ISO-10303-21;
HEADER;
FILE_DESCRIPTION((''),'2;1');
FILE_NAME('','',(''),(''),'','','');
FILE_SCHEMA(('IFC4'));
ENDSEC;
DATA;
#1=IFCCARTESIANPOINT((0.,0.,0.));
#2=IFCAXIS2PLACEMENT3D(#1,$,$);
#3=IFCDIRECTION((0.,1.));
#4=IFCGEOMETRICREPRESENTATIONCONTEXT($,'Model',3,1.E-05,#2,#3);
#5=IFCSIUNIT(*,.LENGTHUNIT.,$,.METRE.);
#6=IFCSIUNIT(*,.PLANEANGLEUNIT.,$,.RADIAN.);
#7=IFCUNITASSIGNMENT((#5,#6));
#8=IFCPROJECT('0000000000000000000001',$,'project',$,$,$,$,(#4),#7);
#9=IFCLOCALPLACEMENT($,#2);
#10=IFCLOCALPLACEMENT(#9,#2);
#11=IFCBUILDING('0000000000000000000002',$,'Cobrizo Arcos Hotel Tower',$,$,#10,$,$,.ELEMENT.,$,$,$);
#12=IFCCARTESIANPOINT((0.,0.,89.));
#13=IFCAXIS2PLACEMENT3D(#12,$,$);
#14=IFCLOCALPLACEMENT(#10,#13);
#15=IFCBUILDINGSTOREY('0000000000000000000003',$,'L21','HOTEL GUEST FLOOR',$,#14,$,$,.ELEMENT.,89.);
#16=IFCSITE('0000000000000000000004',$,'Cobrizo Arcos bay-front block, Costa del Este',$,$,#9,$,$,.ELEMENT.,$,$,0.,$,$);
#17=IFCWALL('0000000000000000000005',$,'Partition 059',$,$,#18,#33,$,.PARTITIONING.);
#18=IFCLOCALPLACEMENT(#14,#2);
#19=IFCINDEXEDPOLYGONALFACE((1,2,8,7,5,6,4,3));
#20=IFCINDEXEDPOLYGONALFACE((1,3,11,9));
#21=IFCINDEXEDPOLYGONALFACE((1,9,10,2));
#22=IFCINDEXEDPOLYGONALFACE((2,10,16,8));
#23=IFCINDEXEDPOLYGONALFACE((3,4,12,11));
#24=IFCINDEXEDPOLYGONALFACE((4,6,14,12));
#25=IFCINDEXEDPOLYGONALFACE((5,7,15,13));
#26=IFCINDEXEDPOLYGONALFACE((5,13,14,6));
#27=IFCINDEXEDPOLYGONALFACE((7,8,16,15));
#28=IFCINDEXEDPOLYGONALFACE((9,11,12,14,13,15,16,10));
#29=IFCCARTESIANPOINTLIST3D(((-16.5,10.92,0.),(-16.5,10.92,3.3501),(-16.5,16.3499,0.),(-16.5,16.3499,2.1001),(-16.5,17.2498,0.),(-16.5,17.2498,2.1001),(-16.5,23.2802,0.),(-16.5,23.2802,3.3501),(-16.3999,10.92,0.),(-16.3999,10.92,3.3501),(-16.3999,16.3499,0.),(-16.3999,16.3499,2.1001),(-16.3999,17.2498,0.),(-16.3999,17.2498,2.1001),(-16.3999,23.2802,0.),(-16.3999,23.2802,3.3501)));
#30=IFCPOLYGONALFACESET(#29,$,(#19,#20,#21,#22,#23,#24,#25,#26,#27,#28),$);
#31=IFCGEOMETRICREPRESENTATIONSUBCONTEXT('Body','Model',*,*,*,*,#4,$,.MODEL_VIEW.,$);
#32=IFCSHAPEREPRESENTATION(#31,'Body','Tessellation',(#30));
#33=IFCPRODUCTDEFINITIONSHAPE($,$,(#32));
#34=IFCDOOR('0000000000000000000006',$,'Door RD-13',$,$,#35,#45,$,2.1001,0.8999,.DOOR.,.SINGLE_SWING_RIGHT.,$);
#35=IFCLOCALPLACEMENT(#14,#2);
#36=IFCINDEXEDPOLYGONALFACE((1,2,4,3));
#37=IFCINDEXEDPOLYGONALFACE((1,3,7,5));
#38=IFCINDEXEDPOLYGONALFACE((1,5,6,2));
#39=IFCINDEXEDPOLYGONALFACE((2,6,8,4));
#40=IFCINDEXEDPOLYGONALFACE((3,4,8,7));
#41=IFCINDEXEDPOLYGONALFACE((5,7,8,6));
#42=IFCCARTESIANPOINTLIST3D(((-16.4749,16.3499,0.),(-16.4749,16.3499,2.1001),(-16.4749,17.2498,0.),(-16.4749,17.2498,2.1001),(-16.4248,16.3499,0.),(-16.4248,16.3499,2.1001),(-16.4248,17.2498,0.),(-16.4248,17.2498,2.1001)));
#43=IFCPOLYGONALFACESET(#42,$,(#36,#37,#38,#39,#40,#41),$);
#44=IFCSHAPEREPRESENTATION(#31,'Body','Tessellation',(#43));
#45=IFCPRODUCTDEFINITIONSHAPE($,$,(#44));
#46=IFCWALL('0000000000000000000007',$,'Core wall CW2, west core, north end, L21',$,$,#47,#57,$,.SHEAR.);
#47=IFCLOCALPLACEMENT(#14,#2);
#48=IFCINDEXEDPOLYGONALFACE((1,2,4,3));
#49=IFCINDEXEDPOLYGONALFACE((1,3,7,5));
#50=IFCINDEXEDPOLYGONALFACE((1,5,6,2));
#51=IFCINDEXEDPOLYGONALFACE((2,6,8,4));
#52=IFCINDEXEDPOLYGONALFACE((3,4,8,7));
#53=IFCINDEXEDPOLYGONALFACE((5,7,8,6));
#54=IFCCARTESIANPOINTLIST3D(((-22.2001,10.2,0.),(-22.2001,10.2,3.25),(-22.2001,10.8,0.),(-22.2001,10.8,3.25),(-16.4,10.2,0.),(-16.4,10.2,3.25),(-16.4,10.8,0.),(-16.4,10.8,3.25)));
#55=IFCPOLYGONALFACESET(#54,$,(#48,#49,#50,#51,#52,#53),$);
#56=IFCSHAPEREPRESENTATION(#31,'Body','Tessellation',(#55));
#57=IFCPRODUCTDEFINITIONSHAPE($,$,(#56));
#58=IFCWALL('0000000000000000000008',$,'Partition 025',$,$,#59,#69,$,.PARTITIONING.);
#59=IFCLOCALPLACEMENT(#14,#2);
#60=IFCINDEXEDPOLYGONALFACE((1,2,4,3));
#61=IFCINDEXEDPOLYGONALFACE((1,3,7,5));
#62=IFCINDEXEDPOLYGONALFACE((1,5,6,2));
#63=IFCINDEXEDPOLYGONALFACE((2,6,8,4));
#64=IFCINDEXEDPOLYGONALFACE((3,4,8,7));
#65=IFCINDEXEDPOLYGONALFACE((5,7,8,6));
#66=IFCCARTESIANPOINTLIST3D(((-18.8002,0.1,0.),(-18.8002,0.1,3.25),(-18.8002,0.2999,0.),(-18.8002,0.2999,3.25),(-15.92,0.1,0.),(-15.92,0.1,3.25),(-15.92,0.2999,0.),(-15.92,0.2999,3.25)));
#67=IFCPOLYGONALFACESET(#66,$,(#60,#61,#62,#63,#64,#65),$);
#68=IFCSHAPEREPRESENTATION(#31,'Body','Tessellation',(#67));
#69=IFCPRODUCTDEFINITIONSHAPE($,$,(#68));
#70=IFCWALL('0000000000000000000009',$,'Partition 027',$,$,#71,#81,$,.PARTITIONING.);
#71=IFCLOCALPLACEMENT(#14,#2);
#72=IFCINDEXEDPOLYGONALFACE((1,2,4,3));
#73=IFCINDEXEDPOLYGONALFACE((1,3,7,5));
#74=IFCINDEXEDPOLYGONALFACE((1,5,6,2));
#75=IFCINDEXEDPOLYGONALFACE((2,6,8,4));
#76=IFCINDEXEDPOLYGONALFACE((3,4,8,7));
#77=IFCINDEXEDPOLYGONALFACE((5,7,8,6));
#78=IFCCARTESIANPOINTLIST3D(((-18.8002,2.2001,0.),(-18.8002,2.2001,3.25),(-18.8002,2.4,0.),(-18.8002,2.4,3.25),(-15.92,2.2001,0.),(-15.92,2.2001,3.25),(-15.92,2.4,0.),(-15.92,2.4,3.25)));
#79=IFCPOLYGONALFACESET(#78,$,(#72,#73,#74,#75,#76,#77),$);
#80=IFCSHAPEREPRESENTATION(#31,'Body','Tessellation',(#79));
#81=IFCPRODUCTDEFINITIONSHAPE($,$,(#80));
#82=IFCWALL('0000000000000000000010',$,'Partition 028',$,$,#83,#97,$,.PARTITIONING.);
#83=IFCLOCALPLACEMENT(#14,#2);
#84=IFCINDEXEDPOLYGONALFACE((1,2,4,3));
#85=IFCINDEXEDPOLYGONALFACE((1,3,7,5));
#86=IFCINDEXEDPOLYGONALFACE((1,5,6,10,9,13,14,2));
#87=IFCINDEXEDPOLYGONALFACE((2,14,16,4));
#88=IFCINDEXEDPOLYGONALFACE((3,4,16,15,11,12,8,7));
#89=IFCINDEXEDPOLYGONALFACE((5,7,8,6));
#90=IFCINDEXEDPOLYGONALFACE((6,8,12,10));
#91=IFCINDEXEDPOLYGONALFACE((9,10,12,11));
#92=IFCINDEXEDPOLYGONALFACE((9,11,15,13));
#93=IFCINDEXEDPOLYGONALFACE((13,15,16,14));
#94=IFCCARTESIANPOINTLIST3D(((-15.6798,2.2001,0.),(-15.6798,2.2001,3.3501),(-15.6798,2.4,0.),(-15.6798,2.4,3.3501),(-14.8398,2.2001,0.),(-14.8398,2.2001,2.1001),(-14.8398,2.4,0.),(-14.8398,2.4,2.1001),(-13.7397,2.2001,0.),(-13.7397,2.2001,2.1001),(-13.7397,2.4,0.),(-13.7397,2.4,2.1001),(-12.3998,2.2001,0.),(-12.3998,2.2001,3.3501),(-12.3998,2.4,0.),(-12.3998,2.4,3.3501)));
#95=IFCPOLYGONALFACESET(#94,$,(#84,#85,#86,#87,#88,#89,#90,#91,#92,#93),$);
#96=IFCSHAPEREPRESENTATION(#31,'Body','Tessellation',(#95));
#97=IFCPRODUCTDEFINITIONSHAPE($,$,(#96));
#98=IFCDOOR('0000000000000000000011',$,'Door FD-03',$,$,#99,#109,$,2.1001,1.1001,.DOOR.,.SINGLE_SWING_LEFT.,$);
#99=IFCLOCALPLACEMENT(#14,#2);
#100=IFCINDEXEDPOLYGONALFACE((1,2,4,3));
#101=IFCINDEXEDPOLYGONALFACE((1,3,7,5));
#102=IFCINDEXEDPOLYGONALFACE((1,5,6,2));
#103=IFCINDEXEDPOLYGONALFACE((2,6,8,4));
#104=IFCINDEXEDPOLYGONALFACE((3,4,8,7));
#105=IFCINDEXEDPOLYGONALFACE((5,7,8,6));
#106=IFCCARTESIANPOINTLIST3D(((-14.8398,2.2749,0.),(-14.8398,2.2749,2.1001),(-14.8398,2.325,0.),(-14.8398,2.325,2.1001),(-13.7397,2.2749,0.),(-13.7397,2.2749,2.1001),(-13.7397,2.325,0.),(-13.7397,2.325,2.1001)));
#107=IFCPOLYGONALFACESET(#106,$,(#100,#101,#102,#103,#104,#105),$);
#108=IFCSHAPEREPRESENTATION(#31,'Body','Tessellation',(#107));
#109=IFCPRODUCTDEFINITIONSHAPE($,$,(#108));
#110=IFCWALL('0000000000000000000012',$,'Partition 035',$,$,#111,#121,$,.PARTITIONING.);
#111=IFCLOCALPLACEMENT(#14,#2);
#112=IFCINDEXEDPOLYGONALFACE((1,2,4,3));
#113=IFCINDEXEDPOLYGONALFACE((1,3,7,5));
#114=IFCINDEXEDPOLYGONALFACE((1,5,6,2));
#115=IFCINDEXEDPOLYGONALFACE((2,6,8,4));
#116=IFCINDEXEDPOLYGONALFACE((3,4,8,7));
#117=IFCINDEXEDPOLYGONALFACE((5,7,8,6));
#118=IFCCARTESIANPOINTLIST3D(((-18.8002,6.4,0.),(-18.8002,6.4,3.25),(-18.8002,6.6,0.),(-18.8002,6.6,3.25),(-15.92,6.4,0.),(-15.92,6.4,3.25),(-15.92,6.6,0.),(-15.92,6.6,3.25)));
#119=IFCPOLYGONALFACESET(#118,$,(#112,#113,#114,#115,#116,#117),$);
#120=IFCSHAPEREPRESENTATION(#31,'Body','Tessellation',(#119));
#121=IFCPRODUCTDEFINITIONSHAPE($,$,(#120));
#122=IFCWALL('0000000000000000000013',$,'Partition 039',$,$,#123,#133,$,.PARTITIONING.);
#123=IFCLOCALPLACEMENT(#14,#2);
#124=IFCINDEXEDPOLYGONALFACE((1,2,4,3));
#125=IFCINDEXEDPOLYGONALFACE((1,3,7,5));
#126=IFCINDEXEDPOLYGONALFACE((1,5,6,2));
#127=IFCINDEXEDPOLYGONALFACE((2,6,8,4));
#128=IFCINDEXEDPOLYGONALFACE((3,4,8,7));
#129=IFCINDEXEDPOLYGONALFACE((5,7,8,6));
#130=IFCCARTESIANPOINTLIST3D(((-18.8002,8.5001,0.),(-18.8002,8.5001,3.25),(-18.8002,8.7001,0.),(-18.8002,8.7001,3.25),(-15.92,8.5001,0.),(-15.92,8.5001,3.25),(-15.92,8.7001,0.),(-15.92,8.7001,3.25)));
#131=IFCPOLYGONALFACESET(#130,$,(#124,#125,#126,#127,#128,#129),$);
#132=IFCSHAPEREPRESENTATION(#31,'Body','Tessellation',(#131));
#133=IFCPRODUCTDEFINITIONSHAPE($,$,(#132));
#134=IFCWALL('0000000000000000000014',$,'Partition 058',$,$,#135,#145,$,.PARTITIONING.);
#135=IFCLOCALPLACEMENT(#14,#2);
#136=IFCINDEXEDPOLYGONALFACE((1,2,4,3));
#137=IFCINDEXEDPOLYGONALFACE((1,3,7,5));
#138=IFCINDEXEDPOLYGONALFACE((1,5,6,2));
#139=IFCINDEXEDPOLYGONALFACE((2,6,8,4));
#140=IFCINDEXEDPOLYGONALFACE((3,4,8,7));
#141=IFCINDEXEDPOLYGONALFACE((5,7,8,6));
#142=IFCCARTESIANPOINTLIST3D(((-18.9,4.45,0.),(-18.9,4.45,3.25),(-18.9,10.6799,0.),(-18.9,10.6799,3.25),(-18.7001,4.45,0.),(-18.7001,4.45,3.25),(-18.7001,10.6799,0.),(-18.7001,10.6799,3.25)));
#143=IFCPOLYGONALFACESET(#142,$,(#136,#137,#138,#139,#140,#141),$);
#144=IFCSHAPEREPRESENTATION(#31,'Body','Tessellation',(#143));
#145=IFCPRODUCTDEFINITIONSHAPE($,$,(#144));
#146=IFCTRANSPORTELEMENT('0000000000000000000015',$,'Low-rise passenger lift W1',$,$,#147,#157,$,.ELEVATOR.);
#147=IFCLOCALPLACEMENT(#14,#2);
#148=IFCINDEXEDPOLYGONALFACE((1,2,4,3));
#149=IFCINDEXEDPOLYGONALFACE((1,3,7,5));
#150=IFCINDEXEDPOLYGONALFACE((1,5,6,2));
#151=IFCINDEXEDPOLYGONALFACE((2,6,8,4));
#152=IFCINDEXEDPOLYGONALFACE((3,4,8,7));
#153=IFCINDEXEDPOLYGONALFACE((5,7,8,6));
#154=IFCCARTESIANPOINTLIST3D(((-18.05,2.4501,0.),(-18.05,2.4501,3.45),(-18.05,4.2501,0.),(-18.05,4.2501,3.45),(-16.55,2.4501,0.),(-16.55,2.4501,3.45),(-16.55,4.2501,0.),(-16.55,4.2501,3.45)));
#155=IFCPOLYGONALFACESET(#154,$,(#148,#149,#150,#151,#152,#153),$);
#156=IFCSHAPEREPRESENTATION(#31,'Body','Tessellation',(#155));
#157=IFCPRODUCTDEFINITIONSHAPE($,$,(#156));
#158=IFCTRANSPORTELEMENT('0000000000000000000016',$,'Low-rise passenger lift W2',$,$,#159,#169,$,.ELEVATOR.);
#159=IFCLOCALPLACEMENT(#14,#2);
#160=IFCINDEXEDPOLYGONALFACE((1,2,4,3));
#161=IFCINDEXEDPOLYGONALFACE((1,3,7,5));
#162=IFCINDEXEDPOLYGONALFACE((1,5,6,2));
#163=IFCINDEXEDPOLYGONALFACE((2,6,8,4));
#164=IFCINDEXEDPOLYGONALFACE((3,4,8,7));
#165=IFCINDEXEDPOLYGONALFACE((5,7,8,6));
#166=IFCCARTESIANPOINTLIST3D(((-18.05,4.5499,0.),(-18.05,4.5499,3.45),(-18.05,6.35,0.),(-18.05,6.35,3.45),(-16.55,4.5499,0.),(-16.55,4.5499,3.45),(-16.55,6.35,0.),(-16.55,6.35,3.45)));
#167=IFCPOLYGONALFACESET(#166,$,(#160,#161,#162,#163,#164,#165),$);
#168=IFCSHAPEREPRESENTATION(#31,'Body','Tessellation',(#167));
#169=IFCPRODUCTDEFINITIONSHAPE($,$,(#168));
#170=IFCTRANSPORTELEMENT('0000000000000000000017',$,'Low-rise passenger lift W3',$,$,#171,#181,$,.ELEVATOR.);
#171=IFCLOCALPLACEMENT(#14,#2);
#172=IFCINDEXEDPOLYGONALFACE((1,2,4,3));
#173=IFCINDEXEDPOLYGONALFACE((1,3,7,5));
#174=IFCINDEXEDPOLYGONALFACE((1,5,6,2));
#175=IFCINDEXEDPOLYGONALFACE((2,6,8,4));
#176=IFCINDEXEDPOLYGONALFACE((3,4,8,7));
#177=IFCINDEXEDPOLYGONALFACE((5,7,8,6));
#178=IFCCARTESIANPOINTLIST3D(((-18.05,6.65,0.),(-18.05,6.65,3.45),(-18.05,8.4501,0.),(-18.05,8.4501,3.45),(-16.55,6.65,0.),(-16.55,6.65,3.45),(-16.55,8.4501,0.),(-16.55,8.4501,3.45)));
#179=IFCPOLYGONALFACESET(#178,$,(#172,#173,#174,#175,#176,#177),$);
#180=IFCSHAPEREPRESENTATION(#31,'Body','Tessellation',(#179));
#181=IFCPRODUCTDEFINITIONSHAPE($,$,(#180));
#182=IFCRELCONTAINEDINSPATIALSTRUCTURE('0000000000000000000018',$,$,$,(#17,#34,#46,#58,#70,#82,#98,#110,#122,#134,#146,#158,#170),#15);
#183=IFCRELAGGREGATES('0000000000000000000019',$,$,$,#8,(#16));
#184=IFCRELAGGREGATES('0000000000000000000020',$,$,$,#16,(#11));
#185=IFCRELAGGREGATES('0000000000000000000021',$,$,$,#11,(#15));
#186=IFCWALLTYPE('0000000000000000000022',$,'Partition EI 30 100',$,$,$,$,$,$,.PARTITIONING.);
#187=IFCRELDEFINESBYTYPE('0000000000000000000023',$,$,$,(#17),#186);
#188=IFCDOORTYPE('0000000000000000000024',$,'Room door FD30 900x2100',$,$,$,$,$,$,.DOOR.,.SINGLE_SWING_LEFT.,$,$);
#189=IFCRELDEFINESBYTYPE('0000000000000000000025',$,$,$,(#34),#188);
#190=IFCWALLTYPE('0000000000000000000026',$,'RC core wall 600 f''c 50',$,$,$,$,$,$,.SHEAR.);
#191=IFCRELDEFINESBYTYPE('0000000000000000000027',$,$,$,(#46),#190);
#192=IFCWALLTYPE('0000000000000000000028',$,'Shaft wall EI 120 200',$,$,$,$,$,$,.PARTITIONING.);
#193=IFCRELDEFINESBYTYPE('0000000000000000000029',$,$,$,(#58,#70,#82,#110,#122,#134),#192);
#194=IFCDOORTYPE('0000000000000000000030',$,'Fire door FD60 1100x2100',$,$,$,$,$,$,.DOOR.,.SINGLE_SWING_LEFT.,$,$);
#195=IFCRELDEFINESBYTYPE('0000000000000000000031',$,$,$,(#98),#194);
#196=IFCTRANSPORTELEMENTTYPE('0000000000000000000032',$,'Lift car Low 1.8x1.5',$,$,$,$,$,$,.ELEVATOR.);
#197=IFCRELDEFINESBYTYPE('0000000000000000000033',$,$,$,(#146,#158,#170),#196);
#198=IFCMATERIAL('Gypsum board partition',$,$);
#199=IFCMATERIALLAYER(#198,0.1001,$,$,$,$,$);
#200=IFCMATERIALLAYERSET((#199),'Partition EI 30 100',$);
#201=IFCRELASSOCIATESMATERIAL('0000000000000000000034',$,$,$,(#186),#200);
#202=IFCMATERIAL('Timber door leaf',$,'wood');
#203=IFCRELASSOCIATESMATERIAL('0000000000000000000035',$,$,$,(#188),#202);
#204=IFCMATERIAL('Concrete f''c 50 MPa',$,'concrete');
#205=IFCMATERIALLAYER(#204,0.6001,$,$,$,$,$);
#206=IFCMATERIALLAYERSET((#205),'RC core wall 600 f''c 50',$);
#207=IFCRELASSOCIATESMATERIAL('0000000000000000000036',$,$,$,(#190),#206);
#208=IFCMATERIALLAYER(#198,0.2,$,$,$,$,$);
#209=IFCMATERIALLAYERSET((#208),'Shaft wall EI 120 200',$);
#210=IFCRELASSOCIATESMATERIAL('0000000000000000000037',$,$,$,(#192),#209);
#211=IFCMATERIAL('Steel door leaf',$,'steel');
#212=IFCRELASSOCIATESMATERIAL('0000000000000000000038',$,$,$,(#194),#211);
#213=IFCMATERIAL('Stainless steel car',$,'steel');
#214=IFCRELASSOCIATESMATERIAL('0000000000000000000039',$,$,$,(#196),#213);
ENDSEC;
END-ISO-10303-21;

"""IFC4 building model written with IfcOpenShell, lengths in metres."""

from ifc_helpers import new_model, si_unit, direction, frame, frame_2d, origin, origin_2d, place, context, subcontext, project, spatial, rectangle, extrude, material, layer, layer_set, type_object, element, fill, save


model = new_model("IFC4")

# Units and contexts
model_context = context("Model", 3, precision=1e-05, world=origin(), true_north=direction((0.0, 1.0)))
body_context = subcontext(model_context, "Body", "Model", "MODEL_VIEW")
ifc_project = project(units=[si_unit("LENGTHUNIT", "METRE"), si_unit("PLANEANGLEUNIT", "RADIAN")], contexts=[model_context])

# Site, building, storey
site_placement = place(None, origin())
site = spatial("IfcSite", under=ifc_project, at=site_placement, Name="Cobrizo Arcos bay-front block, Costa del Este", CompositionType="ELEMENT", RefElevation=0.0)
building_placement = place(site_placement, origin())
building = spatial("IfcBuilding", under=site, at=building_placement, Name="Cobrizo Arcos Hotel Tower", CompositionType="ELEMENT")
storey_placement = place(building_placement, frame((0.0, 0.0, 89.0)))
storey = spatial("IfcBuildingStorey", under=building, at=storey_placement, Name="L21", Description="HOTEL GUEST FLOOR", CompositionType="ELEMENT", Elevation=89.0)

# Shared definitions
ifc_material_1 = material(Name="Gypsum board partition")

# Shared definitions
ifc_material_2 = material(Name="Timber door leaf", Category="wood")

# Shared definitions
ifc_layer_1 = layer(ifc_material_1, 0.1001)
ifc_layer_set_1 = layer_set([ifc_layer_1], Name="Partition EI 30 100")
wall_type_1 = type_object("IfcWallType", Name="Partition EI 30 100", PredefinedType="PARTITIONING", material=ifc_layer_set_1)
door_type_1 = type_object("IfcDoorType", Name="Room door FD30 900x2100", OperationType="SINGLE_SWING_LEFT", PredefinedType="DOOR", material=ifc_material_2)

# Wall, opening, door
wall_1_placement = place(storey_placement, frame((-16.45, 10.9199, 0.0), z_axis=(0.0, 0.0, 1.0), x_axis=(0.0, 1.0, 0.0)))
wall_1 = element("IfcWall", 1, at=wall_1_placement, inside=storey, type_object=wall_type_1, Name="Partition 059", PredefinedType="PARTITIONING", context=body_context, shape_type="SweptSolid", body=[
    extrude(rectangle(XDim=12.3601, YDim=0.1001, at=frame_2d((6.1802, 0.0))), origin(), (0.0, 0.0, 1.0), 3.3501),
])
opening_1_placement = place(wall_1_placement, frame((5.4299, 0.0, 0.0)))
opening_1 = element("IfcOpeningElement", 2, at=opening_1_placement, cuts=wall_1, PredefinedType="OPENING", context=body_context, shape_type="SweptSolid", body=[
    extrude(rectangle(XDim=0.8999, YDim=2.1001, at=frame_2d((0.45, 1.05))), frame((0.0, 0.062, 0.0), z_axis=(0.0, -1.0, 0.0), x_axis=(1.0, 0.0, 0.0)), (0.0, 0.0, 1.0), 0.124),
])
door_1_placement = place(opening_1_placement, origin())
door_1 = element("IfcDoor", 3, at=door_1_placement, inside=storey, type_object=door_type_1, Name="Door RD-13", OperationType="SINGLE_SWING_RIGHT", OverallHeight=2.1001, OverallWidth=0.8999, PredefinedType="DOOR", context=body_context, shape_type="SweptSolid", body=[
    extrude(rectangle(XDim=0.8999, YDim=2.1001, at=frame_2d((0.45, 1.05))), frame((0.0, 0.0249, 0.0), z_axis=(0.0, -1.0, 0.0), x_axis=(1.0, 0.0, 0.0)), (0.0, 0.0, 1.0), 0.05),
])
fill(opening_1, door_1)

# Walls
ifc_material_3 = material(Name="Concrete f'c 50 MPa", Category="concrete")
ifc_layer_2 = layer(ifc_material_3, 0.6001)
ifc_layer_set_2 = layer_set([ifc_layer_2], Name="RC core wall 600 f'c 50")
wall_type_2 = type_object("IfcWallType", Name="RC core wall 600 f'c 50", PredefinedType="SHEAR", material=ifc_layer_set_2)
wall_2_placement = place(storey_placement, frame((-22.2, 10.5, 0.0), z_axis=(0.0, 0.0, 1.0), x_axis=(1.0, 0.0, 0.0)))
element("IfcWall", 4, at=wall_2_placement, inside=storey, type_object=wall_type_2, Name="Core wall CW2, west core, north end, L21", PredefinedType="SHEAR", context=body_context, shape_type="SweptSolid", body=[
    extrude(rectangle(XDim=5.8, YDim=0.6001, at=frame_2d((2.8999, 0.0))), origin(), (0.0, 0.0, 1.0), 3.25),
])
ifc_layer_3 = layer(ifc_material_1, 0.2)
ifc_layer_set_3 = layer_set([ifc_layer_3], Name="Shaft wall EI 120 200")
wall_type_3 = type_object("IfcWallType", Name="Shaft wall EI 120 200", PredefinedType="PARTITIONING", material=ifc_layer_set_3)
for number, where, z_axis, x_axis, name in (
    (5, (-18.8, 0.2, 0.0), (0.0, 0.0, 1.0), (1.0, 0.0, 0.0), "Partition 025"),
    (6, (-18.8, 2.3, 0.0), (0.0, 0.0, 1.0), (1.0, 0.0, 0.0), "Partition 027"),
):
    element("IfcWall", number, at=place(storey_placement, frame(where, z_axis=z_axis, x_axis=x_axis)), inside=storey, type_object=wall_type_3, Name=name, PredefinedType="PARTITIONING", context=body_context, shape_type="SweptSolid", body=[
        extrude(rectangle(XDim=2.8801, YDim=0.2, at=frame_2d((1.4399, 0.0))), origin(), (0.0, 0.0, 1.0), 3.25),
    ])

# Wall, opening, door
wall_3_placement = place(storey_placement, frame((-15.6799, 2.3, 0.0), z_axis=(0.0, 0.0, 1.0), x_axis=(1.0, 0.0, 0.0)))
wall_3 = element("IfcWall", 7, at=wall_3_placement, inside=storey, type_object=wall_type_3, Name="Partition 028", PredefinedType="PARTITIONING", context=body_context, shape_type="SweptSolid", body=[
    extrude(rectangle(XDim=3.28, YDim=0.2, at=frame_2d((1.6401, 0.0))), origin(), (0.0, 0.0, 1.0), 3.3501),
])
opening_2_placement = place(wall_3_placement, frame((0.8401, 0.0, 0.0)))
opening_2 = element("IfcOpeningElement", 8, at=opening_2_placement, cuts=wall_3, PredefinedType="OPENING", context=body_context, shape_type="SweptSolid", body=[
    extrude(rectangle(XDim=1.1001, YDim=2.1001, at=frame_2d((0.55, 1.05))), frame((0.0, 0.1121, 0.0), z_axis=(0.0, -1.0, 0.0), x_axis=(1.0, 0.0, 0.0)), (0.0, 0.0, 1.0), 0.2239),
])
ifc_material_4 = material(Name="Steel door leaf", Category="steel")
door_type_2 = type_object("IfcDoorType", Name="Fire door FD60 1100x2100", OperationType="SINGLE_SWING_LEFT", PredefinedType="DOOR", material=ifc_material_4)
door_2_placement = place(opening_2_placement, origin())
door_2 = element("IfcDoor", 9, at=door_2_placement, inside=storey, type_object=door_type_2, Name="Door FD-03", OperationType="SINGLE_SWING_LEFT", OverallHeight=2.1001, OverallWidth=1.1001, PredefinedType="DOOR", context=body_context, shape_type="SweptSolid", body=[
    extrude(rectangle(XDim=1.1001, YDim=2.1001, at=frame_2d((0.55, 1.05))), frame((0.0, 0.0249, 0.0), z_axis=(0.0, -1.0, 0.0), x_axis=(1.0, 0.0, 0.0)), (0.0, 0.0, 1.0), 0.05),
])
fill(opening_2, door_2)

# Walls
for number, where, z_axis, x_axis, name in (
    (10, (-18.8, 6.5, 0.0), (0.0, 0.0, 1.0), (1.0, 0.0, 0.0), "Partition 035"),
    (11, (-18.8, 8.6001, 0.0), (0.0, 0.0, 1.0), (1.0, 0.0, 0.0), "Partition 039"),
):
    element("IfcWall", number, at=place(storey_placement, frame(where, z_axis=z_axis, x_axis=x_axis)), inside=storey, type_object=wall_type_3, Name=name, PredefinedType="PARTITIONING", context=body_context, shape_type="SweptSolid", body=[
        extrude(rectangle(XDim=2.8801, YDim=0.2, at=frame_2d((1.4399, 0.0))), origin(), (0.0, 0.0, 1.0), 3.25),
    ])
wall_4_placement = place(storey_placement, frame((-18.8, 4.45, 0.0), z_axis=(0.0, 0.0, 1.0), x_axis=(0.0, 1.0, 0.0)))
element("IfcWall", 12, at=wall_4_placement, inside=storey, type_object=wall_type_3, Name="Partition 058", PredefinedType="PARTITIONING", context=body_context, shape_type="SweptSolid", body=[
    extrude(rectangle(XDim=6.23, YDim=0.2, at=frame_2d((3.115, 0.0))), origin(), (0.0, 0.0, 1.0), 3.25),
])

# Transport elements
ifc_material_5 = material(Name="Stainless steel car", Category="steel")
transport_element_type = type_object("IfcTransportElementType", Name="Lift car Low 1.8x1.5", PredefinedType="ELEVATOR", material=ifc_material_5)
for number, where, z_axis, x_axis, name in (
    (13, (-17.3, 3.3501, 0.0), (0.0, 0.0, 1.0), (1.0, 0.0, 0.0), "Low-rise passenger lift W1"),
    (14, (-17.3, 5.45, 0.0), (0.0, 0.0, 1.0), (1.0, 0.0, 0.0), "Low-rise passenger lift W2"),
    (15, (-17.3, 7.55, 0.0), (0.0, 0.0, 1.0), (1.0, 0.0, 0.0), "Low-rise passenger lift W3"),
):
    element("IfcTransportElement", number, at=place(storey_placement, frame(where, z_axis=z_axis, x_axis=x_axis)), inside=storey, type_object=transport_element_type, Name=name, PredefinedType="ELEVATOR", context=body_context, shape_type="SweptSolid", body=[
        extrude(rectangle(XDim=1.5, YDim=1.8, at=origin_2d()), origin(), (0.0, 0.0, 1.0), 3.45),
    ])

save(model, "model.ifc")
